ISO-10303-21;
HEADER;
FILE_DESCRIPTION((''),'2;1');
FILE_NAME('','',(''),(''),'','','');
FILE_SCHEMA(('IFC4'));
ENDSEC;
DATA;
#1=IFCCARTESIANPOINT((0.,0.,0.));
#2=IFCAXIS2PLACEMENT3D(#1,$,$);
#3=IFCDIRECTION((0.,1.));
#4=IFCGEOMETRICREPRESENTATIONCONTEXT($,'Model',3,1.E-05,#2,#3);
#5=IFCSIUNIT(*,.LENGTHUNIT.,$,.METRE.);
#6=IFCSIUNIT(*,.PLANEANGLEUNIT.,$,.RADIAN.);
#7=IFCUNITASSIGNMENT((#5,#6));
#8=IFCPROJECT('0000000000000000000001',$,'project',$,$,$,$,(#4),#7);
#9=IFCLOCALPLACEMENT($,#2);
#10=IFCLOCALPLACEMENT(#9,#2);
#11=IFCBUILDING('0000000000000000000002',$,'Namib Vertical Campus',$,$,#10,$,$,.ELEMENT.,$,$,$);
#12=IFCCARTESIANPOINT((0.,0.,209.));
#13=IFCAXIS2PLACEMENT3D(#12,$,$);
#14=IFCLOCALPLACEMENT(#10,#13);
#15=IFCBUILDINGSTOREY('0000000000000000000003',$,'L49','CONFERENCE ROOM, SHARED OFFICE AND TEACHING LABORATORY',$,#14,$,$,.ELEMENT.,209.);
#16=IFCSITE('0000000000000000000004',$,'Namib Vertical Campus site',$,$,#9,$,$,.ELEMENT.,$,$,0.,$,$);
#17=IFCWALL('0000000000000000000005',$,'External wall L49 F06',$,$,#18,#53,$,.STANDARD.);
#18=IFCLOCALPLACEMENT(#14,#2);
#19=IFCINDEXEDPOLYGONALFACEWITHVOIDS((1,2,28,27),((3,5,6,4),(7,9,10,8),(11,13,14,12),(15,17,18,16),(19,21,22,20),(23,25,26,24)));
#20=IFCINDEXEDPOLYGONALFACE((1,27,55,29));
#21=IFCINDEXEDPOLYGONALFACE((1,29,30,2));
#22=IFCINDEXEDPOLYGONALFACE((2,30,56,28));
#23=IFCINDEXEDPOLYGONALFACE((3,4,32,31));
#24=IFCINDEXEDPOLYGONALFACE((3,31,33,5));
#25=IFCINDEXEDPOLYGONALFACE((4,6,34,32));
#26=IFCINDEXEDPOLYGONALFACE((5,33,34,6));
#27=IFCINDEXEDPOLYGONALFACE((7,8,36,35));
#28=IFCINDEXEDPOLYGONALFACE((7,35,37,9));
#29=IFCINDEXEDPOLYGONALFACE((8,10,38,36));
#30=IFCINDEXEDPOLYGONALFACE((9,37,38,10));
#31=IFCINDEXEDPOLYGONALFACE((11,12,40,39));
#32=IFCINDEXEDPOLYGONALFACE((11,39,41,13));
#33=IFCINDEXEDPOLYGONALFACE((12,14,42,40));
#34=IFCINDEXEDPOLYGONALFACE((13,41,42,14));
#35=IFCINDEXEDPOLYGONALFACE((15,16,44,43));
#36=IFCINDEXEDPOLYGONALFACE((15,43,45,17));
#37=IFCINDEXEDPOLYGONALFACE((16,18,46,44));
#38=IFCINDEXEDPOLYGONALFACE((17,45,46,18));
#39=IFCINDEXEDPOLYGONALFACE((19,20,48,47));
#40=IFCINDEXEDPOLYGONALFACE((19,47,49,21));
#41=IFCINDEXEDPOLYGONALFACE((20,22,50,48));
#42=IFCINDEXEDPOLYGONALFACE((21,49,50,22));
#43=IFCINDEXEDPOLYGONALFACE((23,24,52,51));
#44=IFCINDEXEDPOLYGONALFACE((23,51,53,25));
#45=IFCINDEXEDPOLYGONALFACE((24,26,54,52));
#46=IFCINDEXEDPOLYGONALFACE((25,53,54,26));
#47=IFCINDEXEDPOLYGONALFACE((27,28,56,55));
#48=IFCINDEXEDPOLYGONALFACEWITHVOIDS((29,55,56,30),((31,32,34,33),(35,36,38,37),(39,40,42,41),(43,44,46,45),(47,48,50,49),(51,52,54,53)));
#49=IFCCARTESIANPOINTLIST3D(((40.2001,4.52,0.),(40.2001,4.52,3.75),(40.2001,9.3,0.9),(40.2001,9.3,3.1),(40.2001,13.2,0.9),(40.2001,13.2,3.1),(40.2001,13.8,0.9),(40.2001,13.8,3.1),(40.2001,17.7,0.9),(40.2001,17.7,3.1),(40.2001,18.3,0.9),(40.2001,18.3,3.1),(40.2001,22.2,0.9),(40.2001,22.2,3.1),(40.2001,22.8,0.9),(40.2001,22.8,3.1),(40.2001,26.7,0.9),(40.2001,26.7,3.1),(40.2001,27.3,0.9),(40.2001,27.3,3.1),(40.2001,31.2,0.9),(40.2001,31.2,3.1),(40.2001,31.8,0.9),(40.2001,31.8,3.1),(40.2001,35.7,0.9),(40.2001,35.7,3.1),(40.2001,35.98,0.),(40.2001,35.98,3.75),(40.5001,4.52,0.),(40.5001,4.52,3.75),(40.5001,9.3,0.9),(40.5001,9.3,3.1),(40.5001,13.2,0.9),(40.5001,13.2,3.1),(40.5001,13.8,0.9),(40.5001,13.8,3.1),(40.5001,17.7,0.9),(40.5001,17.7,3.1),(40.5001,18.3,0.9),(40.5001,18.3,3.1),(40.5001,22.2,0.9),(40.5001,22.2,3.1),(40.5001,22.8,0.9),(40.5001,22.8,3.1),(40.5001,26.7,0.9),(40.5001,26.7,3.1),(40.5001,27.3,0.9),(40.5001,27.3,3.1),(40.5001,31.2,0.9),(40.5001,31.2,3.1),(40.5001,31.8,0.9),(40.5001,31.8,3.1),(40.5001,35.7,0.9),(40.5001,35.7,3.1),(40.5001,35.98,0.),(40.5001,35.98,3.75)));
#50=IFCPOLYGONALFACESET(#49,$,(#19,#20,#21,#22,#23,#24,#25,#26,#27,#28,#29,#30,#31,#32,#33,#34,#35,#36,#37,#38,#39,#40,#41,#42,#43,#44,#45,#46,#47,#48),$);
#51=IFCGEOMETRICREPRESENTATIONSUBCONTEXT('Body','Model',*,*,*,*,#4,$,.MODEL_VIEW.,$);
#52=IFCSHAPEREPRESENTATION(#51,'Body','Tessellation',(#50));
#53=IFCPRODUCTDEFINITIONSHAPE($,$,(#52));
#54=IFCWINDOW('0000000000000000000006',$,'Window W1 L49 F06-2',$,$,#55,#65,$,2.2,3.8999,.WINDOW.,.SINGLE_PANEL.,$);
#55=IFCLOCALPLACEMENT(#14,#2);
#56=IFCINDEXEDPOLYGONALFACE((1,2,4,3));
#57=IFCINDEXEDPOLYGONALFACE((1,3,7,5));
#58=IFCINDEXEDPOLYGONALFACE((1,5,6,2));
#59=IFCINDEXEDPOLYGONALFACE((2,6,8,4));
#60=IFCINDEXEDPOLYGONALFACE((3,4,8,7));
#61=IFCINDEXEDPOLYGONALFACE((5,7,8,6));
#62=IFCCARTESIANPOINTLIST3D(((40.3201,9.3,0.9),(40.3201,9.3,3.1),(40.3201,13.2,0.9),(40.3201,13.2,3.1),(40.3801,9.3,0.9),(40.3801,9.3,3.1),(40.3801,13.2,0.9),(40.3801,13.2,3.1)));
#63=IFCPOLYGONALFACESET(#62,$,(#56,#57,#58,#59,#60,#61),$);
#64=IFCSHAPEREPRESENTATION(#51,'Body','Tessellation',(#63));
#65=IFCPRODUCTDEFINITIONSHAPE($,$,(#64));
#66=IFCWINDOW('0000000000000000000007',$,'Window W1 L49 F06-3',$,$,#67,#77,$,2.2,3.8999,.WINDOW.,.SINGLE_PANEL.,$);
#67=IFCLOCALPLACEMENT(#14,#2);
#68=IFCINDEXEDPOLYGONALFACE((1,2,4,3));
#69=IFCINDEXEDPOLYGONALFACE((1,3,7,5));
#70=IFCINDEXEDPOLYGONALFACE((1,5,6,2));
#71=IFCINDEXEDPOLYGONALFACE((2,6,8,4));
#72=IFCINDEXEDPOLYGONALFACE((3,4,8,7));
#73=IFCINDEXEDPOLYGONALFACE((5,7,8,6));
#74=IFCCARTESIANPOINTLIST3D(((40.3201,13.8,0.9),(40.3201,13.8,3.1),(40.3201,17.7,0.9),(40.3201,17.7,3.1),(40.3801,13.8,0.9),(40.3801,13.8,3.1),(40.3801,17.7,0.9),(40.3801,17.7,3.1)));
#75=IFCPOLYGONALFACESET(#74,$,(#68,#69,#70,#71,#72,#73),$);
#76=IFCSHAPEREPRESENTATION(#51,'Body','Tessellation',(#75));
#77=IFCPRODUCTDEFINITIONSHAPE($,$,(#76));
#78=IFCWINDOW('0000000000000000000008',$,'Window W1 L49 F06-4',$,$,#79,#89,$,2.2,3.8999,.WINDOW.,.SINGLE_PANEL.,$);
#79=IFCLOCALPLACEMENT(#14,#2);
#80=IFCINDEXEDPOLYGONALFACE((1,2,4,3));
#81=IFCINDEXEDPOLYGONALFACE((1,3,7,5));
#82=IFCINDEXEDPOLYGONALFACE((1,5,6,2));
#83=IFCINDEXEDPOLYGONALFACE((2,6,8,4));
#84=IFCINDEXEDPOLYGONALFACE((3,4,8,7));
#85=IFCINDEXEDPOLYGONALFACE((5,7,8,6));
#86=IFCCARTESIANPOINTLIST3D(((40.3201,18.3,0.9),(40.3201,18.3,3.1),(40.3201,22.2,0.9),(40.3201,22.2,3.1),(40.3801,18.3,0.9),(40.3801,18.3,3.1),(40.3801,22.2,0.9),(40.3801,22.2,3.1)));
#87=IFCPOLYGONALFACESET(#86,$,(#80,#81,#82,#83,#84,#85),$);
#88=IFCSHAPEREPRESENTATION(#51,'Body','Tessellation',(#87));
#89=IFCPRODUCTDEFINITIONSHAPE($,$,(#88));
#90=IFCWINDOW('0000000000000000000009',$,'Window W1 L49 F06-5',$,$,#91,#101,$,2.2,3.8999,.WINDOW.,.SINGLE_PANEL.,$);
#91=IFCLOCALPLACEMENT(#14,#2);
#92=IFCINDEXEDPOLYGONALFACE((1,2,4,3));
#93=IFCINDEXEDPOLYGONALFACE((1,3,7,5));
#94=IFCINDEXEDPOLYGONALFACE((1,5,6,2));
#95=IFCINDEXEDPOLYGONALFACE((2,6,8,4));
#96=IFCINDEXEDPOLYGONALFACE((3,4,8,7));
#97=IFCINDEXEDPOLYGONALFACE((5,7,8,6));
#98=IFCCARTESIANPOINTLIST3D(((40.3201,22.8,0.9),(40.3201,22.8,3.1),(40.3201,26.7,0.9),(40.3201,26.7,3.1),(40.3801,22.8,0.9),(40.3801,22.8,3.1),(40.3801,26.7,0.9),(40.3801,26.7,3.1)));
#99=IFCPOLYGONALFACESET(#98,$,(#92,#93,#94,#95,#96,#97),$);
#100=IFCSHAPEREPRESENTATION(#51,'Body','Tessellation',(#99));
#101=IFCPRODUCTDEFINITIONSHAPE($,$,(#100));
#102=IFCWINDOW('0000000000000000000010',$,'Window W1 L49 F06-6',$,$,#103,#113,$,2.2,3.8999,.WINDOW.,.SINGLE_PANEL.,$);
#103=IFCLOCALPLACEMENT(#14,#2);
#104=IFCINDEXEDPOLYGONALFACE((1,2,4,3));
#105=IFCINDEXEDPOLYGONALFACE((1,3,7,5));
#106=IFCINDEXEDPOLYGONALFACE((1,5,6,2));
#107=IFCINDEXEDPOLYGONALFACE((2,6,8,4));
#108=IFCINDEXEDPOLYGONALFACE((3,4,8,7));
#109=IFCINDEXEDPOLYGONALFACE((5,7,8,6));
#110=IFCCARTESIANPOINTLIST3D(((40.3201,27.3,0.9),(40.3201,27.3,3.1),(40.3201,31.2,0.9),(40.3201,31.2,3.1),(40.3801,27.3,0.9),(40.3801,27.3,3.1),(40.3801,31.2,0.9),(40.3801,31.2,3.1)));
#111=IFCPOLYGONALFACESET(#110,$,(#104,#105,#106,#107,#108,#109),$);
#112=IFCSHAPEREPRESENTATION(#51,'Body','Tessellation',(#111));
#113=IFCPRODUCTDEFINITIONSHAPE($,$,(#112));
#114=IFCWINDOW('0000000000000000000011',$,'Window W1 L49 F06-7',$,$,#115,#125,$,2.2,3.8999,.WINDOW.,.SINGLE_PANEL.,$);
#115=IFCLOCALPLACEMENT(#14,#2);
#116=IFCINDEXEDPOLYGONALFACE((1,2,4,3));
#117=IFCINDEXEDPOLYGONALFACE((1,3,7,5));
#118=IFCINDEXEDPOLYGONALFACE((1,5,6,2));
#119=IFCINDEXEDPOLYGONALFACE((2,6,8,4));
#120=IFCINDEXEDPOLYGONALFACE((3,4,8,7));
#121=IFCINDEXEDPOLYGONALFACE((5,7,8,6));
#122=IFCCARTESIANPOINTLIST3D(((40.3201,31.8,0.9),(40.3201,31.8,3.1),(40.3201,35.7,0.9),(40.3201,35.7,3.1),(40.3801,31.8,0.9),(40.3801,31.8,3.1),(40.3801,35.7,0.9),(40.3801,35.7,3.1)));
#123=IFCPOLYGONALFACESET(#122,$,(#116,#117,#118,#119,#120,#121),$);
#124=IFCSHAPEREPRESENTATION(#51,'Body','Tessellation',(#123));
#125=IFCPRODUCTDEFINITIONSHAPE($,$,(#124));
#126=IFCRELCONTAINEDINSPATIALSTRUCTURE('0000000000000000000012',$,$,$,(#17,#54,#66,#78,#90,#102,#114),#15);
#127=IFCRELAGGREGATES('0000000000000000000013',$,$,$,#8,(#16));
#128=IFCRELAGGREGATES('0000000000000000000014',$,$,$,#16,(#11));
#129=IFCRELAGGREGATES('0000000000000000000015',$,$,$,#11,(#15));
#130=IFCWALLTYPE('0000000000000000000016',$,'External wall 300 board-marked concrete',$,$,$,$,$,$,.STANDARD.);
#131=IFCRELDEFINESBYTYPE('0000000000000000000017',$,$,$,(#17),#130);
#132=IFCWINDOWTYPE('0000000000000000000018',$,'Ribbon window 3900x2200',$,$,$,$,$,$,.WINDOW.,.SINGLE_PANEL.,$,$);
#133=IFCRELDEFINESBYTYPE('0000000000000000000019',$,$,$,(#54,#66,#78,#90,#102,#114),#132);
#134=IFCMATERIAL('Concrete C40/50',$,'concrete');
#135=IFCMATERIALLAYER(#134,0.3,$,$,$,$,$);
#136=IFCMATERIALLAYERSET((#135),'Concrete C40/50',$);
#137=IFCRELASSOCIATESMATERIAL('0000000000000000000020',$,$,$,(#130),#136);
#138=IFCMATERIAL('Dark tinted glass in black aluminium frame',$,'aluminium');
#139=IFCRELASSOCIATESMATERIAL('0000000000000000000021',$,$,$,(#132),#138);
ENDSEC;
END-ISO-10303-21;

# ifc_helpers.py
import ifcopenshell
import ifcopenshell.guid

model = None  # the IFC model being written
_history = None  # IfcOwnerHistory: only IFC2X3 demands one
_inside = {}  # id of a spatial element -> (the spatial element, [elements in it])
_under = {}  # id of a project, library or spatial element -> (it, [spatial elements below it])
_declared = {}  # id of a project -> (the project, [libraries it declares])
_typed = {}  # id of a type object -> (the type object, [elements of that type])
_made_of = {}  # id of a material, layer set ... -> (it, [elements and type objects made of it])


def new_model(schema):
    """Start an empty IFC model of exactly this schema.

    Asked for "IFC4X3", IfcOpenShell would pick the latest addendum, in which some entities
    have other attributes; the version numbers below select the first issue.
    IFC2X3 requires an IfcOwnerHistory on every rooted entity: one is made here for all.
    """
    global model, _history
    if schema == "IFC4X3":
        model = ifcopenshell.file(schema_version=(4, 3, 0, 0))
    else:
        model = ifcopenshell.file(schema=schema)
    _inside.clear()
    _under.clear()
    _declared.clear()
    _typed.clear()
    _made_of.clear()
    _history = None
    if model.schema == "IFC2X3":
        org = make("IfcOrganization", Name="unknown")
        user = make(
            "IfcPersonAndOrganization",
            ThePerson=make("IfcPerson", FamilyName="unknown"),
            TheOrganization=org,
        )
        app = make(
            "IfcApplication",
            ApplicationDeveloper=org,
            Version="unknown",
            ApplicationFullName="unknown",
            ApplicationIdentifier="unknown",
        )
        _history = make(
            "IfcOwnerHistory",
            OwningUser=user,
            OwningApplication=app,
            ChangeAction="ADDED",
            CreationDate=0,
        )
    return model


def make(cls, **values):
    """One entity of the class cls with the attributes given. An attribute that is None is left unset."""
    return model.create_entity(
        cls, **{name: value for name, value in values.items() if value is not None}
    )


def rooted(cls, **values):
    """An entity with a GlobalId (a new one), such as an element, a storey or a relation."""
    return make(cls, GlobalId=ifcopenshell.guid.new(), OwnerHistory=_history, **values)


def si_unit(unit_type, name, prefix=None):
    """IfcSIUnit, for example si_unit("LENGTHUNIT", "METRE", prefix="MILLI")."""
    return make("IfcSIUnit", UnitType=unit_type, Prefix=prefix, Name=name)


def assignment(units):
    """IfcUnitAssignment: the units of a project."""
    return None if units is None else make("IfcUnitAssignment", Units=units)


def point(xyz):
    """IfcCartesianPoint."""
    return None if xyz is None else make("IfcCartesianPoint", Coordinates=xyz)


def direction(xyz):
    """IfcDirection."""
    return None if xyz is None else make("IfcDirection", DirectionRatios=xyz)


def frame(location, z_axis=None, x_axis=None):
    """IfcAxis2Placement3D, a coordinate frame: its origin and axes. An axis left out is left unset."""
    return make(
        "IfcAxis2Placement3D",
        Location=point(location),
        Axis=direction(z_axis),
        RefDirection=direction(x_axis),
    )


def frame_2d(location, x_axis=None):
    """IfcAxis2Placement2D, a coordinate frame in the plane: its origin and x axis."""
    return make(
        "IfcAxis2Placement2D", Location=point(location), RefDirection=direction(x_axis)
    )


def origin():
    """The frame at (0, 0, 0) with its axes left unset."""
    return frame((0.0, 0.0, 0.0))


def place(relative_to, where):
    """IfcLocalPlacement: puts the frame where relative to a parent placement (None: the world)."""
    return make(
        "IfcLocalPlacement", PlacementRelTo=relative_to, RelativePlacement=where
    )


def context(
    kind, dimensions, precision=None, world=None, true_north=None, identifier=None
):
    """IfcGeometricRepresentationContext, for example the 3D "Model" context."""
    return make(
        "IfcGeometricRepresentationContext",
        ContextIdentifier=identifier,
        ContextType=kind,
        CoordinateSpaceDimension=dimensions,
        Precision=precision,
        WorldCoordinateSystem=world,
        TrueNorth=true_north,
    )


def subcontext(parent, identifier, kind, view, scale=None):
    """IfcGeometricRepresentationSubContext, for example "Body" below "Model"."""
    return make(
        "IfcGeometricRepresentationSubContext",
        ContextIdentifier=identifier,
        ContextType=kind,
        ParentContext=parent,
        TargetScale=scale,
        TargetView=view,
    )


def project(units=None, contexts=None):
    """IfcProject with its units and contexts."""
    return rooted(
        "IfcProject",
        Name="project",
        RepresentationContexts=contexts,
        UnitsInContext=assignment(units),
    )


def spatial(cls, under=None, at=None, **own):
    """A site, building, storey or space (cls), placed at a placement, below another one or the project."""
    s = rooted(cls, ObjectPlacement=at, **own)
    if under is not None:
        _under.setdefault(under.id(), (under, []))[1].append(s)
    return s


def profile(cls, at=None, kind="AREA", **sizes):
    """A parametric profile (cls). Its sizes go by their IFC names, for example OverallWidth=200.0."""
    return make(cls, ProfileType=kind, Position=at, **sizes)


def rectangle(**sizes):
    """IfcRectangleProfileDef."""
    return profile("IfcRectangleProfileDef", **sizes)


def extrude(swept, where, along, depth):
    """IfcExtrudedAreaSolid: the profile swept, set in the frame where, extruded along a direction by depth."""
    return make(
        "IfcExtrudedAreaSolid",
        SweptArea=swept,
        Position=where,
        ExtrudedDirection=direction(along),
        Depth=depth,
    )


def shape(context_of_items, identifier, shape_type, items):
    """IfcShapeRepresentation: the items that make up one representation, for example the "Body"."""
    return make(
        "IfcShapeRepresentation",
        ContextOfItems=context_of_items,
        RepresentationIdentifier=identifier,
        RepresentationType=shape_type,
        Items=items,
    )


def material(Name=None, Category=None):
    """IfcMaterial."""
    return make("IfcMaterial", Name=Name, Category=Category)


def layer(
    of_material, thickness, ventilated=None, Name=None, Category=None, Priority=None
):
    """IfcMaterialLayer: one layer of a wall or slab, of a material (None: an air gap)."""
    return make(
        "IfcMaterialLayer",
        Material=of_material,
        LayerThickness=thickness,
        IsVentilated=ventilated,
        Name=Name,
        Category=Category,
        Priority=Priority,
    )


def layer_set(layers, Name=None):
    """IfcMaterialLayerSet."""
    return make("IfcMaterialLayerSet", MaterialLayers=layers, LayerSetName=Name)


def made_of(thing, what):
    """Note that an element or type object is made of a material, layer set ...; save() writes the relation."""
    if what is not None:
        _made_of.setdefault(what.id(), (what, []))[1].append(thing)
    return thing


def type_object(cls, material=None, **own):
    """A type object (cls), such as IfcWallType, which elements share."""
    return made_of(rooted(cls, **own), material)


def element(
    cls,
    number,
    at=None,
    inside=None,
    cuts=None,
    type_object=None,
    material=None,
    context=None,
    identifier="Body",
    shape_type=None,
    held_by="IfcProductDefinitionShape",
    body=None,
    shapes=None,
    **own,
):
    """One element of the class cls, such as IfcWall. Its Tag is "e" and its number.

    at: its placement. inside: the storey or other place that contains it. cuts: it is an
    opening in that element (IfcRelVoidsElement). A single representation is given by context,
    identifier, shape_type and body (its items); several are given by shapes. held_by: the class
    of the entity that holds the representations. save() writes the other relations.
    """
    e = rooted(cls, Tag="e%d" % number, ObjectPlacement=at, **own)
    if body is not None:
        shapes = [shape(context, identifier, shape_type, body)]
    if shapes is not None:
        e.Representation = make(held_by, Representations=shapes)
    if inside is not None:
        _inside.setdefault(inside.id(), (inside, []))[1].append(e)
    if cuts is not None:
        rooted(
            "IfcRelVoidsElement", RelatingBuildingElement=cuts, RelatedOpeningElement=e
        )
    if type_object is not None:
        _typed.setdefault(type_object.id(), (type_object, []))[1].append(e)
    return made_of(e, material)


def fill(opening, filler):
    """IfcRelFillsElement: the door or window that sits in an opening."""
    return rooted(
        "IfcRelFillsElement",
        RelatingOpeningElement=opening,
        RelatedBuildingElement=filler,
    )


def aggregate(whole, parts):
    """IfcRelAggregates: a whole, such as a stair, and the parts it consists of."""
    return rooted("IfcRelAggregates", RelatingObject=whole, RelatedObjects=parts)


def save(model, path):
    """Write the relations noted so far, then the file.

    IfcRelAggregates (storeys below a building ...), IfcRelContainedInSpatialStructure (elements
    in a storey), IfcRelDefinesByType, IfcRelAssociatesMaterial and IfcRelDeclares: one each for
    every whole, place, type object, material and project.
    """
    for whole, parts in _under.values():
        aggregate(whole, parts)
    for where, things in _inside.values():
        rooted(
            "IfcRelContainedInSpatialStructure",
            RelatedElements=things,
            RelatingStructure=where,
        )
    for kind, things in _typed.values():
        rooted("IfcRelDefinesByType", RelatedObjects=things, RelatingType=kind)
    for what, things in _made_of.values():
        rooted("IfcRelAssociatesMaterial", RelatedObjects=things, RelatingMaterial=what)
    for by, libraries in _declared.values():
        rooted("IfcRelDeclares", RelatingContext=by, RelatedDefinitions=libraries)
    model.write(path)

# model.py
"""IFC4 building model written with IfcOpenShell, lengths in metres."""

from ifc_helpers import new_model, si_unit, direction, frame, frame_2d, origin, place, context, subcontext, project, spatial, rectangle, extrude, material, layer, layer_set, type_object, element, fill, save


model = new_model("IFC4")

# Units and contexts
model_context = context("Model", 3, precision=1e-05, world=origin(), true_north=direction((0.0, 1.0)))
body_context = subcontext(model_context, "Body", "Model", "MODEL_VIEW")
ifc_project = project(units=[si_unit("LENGTHUNIT", "METRE"), si_unit("PLANEANGLEUNIT", "RADIAN")], contexts=[model_context])

# Site, building, storey
site_placement = place(None, origin())
site = spatial("IfcSite", under=ifc_project, at=site_placement, Name="Namib Vertical Campus site", CompositionType="ELEMENT", RefElevation=0.0)
building_placement = place(site_placement, origin())
building = spatial("IfcBuilding", under=site, at=building_placement, Name="Namib Vertical Campus", CompositionType="ELEMENT")
storey_placement = place(building_placement, frame((0.0, 0.0, 209.0)))
storey = spatial("IfcBuildingStorey", under=building, at=storey_placement, Name="L49", Description="CONFERENCE ROOM, SHARED OFFICE AND TEACHING LABORATORY", CompositionType="ELEMENT", Elevation=209.0)

# Wall, openings, windows
ifc_material_1 = material(Name="Concrete C40/50", Category="concrete")
ifc_layer_1 = layer(ifc_material_1, 0.3)
ifc_layer_set_1 = layer_set([ifc_layer_1], Name="Concrete C40/50")
wall_type_1 = type_object("IfcWallType", Name="External wall 300 board-marked concrete", PredefinedType="STANDARD", material=ifc_layer_set_1)
wall_1_placement = place(storey_placement, frame((40.3501, 4.52, 0.0), z_axis=(0.0, 0.0, 1.0), x_axis=(0.0, 1.0, 0.0)))
wall_1 = element("IfcWall", 1, at=wall_1_placement, inside=storey, type_object=wall_type_1, Name="External wall L49 F06", PredefinedType="STANDARD", context=body_context, shape_type="SweptSolid", body=[
    extrude(rectangle(XDim=31.46, YDim=0.3, at=frame_2d((15.73, 0.0))), origin(), (0.0, 0.0, 1.0), 3.75),
])
opening_1_placement = place(wall_1_placement, frame((4.78, 0.0, 0.8999)))
opening_1 = element("IfcOpeningElement", 2, at=opening_1_placement, cuts=wall_1, PredefinedType="OPENING", context=body_context, shape_type="SweptSolid", body=[
    extrude(rectangle(XDim=3.8999, YDim=2.2, at=frame_2d((1.95, 1.1001))), frame((0.0, 0.1599, 0.0), z_axis=(0.0, -1.0, 0.0), x_axis=(1.0, 0.0, 0.0)), (0.0, 0.0, 1.0), 0.3201),
])
opening_2_placement = place(wall_1_placement, frame((9.28, 0.0, 0.8999)))
opening_2 = element("IfcOpeningElement", 3, at=opening_2_placement, cuts=wall_1, PredefinedType="OPENING", context=body_context, shape_type="SweptSolid", body=[
    extrude(rectangle(XDim=3.8999, YDim=2.2, at=frame_2d((1.95, 1.1001))), frame((0.0, 0.1599, 0.0), z_axis=(0.0, -1.0, 0.0), x_axis=(1.0, 0.0, 0.0)), (0.0, 0.0, 1.0), 0.3201),
])
opening_3_placement = place(wall_1_placement, frame((13.78, 0.0, 0.8999)))
opening_3 = element("IfcOpeningElement", 4, at=opening_3_placement, cuts=wall_1, PredefinedType="OPENING", context=body_context, shape_type="SweptSolid", body=[
    extrude(rectangle(XDim=3.8999, YDim=2.2, at=frame_2d((1.95, 1.1001))), frame((0.0, 0.1599, 0.0), z_axis=(0.0, -1.0, 0.0), x_axis=(1.0, 0.0, 0.0)), (0.0, 0.0, 1.0), 0.3201),
])
opening_4_placement = place(wall_1_placement, frame((18.28, 0.0, 0.8999)))
opening_4 = element("IfcOpeningElement", 5, at=opening_4_placement, cuts=wall_1, PredefinedType="OPENING", context=body_context, shape_type="SweptSolid", body=[
    extrude(rectangle(XDim=3.8999, YDim=2.2, at=frame_2d((1.95, 1.1001))), frame((0.0, 0.1599, 0.0), z_axis=(0.0, -1.0, 0.0), x_axis=(1.0, 0.0, 0.0)), (0.0, 0.0, 1.0), 0.3201),
])
opening_5_placement = place(wall_1_placement, frame((22.78, 0.0, 0.8999)))
opening_5 = element("IfcOpeningElement", 6, at=opening_5_placement, cuts=wall_1, PredefinedType="OPENING", context=body_context, shape_type="SweptSolid", body=[
    extrude(rectangle(XDim=3.8999, YDim=2.2, at=frame_2d((1.95, 1.1001))), frame((0.0, 0.1599, 0.0), z_axis=(0.0, -1.0, 0.0), x_axis=(1.0, 0.0, 0.0)), (0.0, 0.0, 1.0), 0.3201),
])
opening_6_placement = place(wall_1_placement, frame((27.28, 0.0, 0.8999)))
opening_6 = element("IfcOpeningElement", 7, at=opening_6_placement, cuts=wall_1, PredefinedType="OPENING", context=body_context, shape_type="SweptSolid", body=[
    extrude(rectangle(XDim=3.8999, YDim=2.2, at=frame_2d((1.95, 1.1001))), frame((0.0, 0.1599, 0.0), z_axis=(0.0, -1.0, 0.0), x_axis=(1.0, 0.0, 0.0)), (0.0, 0.0, 1.0), 0.3201),
])
ifc_material_2 = material(Name="Dark tinted glass in black aluminium frame", Category="aluminium")
window_type = type_object("IfcWindowType", Name="Ribbon window 3900x2200", PartitioningType="SINGLE_PANEL", PredefinedType="WINDOW", material=ifc_material_2)
window_1_placement = place(opening_1_placement, origin())
window_1 = element("IfcWindow", 8, at=window_1_placement, inside=storey, type_object=window_type, Name="Window W1 L49 F06-2", OverallHeight=2.2, OverallWidth=3.8999, PartitioningType="SINGLE_PANEL", PredefinedType="WINDOW", context=body_context, shape_type="SweptSolid", body=[
    extrude(rectangle(XDim=3.8999, YDim=2.2, at=frame_2d((1.95, 1.1001))), frame((0.0, 0.03, 0.0), z_axis=(0.0, -1.0, 0.0), x_axis=(1.0, 0.0, 0.0)), (0.0, 0.0, 1.0), 0.0601),
])
fill(opening_1, window_1)
window_2_placement = place(opening_2_placement, origin())
window_2 = element("IfcWindow", 9, at=window_2_placement, inside=storey, type_object=window_type, Name="Window W1 L49 F06-3", OverallHeight=2.2, OverallWidth=3.8999, PartitioningType="SINGLE_PANEL", PredefinedType="WINDOW", context=body_context, shape_type="SweptSolid", body=[
    extrude(rectangle(XDim=3.8999, YDim=2.2, at=frame_2d((1.95, 1.1001))), frame((0.0, 0.03, 0.0), z_axis=(0.0, -1.0, 0.0), x_axis=(1.0, 0.0, 0.0)), (0.0, 0.0, 1.0), 0.0601),
])
fill(opening_2, window_2)
window_3_placement = place(opening_3_placement, origin())
window_3 = element("IfcWindow", 10, at=window_3_placement, inside=storey, type_object=window_type, Name="Window W1 L49 F06-4", OverallHeight=2.2, OverallWidth=3.8999, PartitioningType="SINGLE_PANEL", PredefinedType="WINDOW", context=body_context, shape_type="SweptSolid", body=[
    extrude(rectangle(XDim=3.8999, YDim=2.2, at=frame_2d((1.95, 1.1001))), frame((0.0, 0.03, 0.0), z_axis=(0.0, -1.0, 0.0), x_axis=(1.0, 0.0, 0.0)), (0.0, 0.0, 1.0), 0.0601),
])
fill(opening_3, window_3)
window_4_placement = place(opening_4_placement, origin())
window_4 = element("IfcWindow", 11, at=window_4_placement, inside=storey, type_object=window_type, Name="Window W1 L49 F06-5", OverallHeight=2.2, OverallWidth=3.8999, PartitioningType="SINGLE_PANEL", PredefinedType="WINDOW", context=body_context, shape_type="SweptSolid", body=[
    extrude(rectangle(XDim=3.8999, YDim=2.2, at=frame_2d((1.95, 1.1001))), frame((0.0, 0.03, 0.0), z_axis=(0.0, -1.0, 0.0), x_axis=(1.0, 0.0, 0.0)), (0.0, 0.0, 1.0), 0.0601),
])
fill(opening_4, window_4)
window_5_placement = place(opening_5_placement, origin())
window_5 = element("IfcWindow", 12, at=window_5_placement, inside=storey, type_object=window_type, Name="Window W1 L49 F06-6", OverallHeight=2.2, OverallWidth=3.8999, PartitioningType="SINGLE_PANEL", PredefinedType="WINDOW", context=body_context, shape_type="SweptSolid", body=[
    extrude(rectangle(XDim=3.8999, YDim=2.2, at=frame_2d((1.95, 1.1001))), frame((0.0, 0.03, 0.0), z_axis=(0.0, -1.0, 0.0), x_axis=(1.0, 0.0, 0.0)), (0.0, 0.0, 1.0), 0.0601),
])
fill(opening_5, window_5)
window_6_placement = place(opening_6_placement, origin())
window_6 = element("IfcWindow", 13, at=window_6_placement, inside=storey, type_object=window_type, Name="Window W1 L49 F06-7", OverallHeight=2.2, OverallWidth=3.8999, PartitioningType="SINGLE_PANEL", PredefinedType="WINDOW", context=body_context, shape_type="SweptSolid", body=[
    extrude(rectangle(XDim=3.8999, YDim=2.2, at=frame_2d((1.95, 1.1001))), frame((0.0, 0.03, 0.0), z_axis=(0.0, -1.0, 0.0), x_axis=(1.0, 0.0, 0.0)), (0.0, 0.0, 1.0), 0.0601),
])
fill(opening_6, window_6)

save(model, "model.ifc")
